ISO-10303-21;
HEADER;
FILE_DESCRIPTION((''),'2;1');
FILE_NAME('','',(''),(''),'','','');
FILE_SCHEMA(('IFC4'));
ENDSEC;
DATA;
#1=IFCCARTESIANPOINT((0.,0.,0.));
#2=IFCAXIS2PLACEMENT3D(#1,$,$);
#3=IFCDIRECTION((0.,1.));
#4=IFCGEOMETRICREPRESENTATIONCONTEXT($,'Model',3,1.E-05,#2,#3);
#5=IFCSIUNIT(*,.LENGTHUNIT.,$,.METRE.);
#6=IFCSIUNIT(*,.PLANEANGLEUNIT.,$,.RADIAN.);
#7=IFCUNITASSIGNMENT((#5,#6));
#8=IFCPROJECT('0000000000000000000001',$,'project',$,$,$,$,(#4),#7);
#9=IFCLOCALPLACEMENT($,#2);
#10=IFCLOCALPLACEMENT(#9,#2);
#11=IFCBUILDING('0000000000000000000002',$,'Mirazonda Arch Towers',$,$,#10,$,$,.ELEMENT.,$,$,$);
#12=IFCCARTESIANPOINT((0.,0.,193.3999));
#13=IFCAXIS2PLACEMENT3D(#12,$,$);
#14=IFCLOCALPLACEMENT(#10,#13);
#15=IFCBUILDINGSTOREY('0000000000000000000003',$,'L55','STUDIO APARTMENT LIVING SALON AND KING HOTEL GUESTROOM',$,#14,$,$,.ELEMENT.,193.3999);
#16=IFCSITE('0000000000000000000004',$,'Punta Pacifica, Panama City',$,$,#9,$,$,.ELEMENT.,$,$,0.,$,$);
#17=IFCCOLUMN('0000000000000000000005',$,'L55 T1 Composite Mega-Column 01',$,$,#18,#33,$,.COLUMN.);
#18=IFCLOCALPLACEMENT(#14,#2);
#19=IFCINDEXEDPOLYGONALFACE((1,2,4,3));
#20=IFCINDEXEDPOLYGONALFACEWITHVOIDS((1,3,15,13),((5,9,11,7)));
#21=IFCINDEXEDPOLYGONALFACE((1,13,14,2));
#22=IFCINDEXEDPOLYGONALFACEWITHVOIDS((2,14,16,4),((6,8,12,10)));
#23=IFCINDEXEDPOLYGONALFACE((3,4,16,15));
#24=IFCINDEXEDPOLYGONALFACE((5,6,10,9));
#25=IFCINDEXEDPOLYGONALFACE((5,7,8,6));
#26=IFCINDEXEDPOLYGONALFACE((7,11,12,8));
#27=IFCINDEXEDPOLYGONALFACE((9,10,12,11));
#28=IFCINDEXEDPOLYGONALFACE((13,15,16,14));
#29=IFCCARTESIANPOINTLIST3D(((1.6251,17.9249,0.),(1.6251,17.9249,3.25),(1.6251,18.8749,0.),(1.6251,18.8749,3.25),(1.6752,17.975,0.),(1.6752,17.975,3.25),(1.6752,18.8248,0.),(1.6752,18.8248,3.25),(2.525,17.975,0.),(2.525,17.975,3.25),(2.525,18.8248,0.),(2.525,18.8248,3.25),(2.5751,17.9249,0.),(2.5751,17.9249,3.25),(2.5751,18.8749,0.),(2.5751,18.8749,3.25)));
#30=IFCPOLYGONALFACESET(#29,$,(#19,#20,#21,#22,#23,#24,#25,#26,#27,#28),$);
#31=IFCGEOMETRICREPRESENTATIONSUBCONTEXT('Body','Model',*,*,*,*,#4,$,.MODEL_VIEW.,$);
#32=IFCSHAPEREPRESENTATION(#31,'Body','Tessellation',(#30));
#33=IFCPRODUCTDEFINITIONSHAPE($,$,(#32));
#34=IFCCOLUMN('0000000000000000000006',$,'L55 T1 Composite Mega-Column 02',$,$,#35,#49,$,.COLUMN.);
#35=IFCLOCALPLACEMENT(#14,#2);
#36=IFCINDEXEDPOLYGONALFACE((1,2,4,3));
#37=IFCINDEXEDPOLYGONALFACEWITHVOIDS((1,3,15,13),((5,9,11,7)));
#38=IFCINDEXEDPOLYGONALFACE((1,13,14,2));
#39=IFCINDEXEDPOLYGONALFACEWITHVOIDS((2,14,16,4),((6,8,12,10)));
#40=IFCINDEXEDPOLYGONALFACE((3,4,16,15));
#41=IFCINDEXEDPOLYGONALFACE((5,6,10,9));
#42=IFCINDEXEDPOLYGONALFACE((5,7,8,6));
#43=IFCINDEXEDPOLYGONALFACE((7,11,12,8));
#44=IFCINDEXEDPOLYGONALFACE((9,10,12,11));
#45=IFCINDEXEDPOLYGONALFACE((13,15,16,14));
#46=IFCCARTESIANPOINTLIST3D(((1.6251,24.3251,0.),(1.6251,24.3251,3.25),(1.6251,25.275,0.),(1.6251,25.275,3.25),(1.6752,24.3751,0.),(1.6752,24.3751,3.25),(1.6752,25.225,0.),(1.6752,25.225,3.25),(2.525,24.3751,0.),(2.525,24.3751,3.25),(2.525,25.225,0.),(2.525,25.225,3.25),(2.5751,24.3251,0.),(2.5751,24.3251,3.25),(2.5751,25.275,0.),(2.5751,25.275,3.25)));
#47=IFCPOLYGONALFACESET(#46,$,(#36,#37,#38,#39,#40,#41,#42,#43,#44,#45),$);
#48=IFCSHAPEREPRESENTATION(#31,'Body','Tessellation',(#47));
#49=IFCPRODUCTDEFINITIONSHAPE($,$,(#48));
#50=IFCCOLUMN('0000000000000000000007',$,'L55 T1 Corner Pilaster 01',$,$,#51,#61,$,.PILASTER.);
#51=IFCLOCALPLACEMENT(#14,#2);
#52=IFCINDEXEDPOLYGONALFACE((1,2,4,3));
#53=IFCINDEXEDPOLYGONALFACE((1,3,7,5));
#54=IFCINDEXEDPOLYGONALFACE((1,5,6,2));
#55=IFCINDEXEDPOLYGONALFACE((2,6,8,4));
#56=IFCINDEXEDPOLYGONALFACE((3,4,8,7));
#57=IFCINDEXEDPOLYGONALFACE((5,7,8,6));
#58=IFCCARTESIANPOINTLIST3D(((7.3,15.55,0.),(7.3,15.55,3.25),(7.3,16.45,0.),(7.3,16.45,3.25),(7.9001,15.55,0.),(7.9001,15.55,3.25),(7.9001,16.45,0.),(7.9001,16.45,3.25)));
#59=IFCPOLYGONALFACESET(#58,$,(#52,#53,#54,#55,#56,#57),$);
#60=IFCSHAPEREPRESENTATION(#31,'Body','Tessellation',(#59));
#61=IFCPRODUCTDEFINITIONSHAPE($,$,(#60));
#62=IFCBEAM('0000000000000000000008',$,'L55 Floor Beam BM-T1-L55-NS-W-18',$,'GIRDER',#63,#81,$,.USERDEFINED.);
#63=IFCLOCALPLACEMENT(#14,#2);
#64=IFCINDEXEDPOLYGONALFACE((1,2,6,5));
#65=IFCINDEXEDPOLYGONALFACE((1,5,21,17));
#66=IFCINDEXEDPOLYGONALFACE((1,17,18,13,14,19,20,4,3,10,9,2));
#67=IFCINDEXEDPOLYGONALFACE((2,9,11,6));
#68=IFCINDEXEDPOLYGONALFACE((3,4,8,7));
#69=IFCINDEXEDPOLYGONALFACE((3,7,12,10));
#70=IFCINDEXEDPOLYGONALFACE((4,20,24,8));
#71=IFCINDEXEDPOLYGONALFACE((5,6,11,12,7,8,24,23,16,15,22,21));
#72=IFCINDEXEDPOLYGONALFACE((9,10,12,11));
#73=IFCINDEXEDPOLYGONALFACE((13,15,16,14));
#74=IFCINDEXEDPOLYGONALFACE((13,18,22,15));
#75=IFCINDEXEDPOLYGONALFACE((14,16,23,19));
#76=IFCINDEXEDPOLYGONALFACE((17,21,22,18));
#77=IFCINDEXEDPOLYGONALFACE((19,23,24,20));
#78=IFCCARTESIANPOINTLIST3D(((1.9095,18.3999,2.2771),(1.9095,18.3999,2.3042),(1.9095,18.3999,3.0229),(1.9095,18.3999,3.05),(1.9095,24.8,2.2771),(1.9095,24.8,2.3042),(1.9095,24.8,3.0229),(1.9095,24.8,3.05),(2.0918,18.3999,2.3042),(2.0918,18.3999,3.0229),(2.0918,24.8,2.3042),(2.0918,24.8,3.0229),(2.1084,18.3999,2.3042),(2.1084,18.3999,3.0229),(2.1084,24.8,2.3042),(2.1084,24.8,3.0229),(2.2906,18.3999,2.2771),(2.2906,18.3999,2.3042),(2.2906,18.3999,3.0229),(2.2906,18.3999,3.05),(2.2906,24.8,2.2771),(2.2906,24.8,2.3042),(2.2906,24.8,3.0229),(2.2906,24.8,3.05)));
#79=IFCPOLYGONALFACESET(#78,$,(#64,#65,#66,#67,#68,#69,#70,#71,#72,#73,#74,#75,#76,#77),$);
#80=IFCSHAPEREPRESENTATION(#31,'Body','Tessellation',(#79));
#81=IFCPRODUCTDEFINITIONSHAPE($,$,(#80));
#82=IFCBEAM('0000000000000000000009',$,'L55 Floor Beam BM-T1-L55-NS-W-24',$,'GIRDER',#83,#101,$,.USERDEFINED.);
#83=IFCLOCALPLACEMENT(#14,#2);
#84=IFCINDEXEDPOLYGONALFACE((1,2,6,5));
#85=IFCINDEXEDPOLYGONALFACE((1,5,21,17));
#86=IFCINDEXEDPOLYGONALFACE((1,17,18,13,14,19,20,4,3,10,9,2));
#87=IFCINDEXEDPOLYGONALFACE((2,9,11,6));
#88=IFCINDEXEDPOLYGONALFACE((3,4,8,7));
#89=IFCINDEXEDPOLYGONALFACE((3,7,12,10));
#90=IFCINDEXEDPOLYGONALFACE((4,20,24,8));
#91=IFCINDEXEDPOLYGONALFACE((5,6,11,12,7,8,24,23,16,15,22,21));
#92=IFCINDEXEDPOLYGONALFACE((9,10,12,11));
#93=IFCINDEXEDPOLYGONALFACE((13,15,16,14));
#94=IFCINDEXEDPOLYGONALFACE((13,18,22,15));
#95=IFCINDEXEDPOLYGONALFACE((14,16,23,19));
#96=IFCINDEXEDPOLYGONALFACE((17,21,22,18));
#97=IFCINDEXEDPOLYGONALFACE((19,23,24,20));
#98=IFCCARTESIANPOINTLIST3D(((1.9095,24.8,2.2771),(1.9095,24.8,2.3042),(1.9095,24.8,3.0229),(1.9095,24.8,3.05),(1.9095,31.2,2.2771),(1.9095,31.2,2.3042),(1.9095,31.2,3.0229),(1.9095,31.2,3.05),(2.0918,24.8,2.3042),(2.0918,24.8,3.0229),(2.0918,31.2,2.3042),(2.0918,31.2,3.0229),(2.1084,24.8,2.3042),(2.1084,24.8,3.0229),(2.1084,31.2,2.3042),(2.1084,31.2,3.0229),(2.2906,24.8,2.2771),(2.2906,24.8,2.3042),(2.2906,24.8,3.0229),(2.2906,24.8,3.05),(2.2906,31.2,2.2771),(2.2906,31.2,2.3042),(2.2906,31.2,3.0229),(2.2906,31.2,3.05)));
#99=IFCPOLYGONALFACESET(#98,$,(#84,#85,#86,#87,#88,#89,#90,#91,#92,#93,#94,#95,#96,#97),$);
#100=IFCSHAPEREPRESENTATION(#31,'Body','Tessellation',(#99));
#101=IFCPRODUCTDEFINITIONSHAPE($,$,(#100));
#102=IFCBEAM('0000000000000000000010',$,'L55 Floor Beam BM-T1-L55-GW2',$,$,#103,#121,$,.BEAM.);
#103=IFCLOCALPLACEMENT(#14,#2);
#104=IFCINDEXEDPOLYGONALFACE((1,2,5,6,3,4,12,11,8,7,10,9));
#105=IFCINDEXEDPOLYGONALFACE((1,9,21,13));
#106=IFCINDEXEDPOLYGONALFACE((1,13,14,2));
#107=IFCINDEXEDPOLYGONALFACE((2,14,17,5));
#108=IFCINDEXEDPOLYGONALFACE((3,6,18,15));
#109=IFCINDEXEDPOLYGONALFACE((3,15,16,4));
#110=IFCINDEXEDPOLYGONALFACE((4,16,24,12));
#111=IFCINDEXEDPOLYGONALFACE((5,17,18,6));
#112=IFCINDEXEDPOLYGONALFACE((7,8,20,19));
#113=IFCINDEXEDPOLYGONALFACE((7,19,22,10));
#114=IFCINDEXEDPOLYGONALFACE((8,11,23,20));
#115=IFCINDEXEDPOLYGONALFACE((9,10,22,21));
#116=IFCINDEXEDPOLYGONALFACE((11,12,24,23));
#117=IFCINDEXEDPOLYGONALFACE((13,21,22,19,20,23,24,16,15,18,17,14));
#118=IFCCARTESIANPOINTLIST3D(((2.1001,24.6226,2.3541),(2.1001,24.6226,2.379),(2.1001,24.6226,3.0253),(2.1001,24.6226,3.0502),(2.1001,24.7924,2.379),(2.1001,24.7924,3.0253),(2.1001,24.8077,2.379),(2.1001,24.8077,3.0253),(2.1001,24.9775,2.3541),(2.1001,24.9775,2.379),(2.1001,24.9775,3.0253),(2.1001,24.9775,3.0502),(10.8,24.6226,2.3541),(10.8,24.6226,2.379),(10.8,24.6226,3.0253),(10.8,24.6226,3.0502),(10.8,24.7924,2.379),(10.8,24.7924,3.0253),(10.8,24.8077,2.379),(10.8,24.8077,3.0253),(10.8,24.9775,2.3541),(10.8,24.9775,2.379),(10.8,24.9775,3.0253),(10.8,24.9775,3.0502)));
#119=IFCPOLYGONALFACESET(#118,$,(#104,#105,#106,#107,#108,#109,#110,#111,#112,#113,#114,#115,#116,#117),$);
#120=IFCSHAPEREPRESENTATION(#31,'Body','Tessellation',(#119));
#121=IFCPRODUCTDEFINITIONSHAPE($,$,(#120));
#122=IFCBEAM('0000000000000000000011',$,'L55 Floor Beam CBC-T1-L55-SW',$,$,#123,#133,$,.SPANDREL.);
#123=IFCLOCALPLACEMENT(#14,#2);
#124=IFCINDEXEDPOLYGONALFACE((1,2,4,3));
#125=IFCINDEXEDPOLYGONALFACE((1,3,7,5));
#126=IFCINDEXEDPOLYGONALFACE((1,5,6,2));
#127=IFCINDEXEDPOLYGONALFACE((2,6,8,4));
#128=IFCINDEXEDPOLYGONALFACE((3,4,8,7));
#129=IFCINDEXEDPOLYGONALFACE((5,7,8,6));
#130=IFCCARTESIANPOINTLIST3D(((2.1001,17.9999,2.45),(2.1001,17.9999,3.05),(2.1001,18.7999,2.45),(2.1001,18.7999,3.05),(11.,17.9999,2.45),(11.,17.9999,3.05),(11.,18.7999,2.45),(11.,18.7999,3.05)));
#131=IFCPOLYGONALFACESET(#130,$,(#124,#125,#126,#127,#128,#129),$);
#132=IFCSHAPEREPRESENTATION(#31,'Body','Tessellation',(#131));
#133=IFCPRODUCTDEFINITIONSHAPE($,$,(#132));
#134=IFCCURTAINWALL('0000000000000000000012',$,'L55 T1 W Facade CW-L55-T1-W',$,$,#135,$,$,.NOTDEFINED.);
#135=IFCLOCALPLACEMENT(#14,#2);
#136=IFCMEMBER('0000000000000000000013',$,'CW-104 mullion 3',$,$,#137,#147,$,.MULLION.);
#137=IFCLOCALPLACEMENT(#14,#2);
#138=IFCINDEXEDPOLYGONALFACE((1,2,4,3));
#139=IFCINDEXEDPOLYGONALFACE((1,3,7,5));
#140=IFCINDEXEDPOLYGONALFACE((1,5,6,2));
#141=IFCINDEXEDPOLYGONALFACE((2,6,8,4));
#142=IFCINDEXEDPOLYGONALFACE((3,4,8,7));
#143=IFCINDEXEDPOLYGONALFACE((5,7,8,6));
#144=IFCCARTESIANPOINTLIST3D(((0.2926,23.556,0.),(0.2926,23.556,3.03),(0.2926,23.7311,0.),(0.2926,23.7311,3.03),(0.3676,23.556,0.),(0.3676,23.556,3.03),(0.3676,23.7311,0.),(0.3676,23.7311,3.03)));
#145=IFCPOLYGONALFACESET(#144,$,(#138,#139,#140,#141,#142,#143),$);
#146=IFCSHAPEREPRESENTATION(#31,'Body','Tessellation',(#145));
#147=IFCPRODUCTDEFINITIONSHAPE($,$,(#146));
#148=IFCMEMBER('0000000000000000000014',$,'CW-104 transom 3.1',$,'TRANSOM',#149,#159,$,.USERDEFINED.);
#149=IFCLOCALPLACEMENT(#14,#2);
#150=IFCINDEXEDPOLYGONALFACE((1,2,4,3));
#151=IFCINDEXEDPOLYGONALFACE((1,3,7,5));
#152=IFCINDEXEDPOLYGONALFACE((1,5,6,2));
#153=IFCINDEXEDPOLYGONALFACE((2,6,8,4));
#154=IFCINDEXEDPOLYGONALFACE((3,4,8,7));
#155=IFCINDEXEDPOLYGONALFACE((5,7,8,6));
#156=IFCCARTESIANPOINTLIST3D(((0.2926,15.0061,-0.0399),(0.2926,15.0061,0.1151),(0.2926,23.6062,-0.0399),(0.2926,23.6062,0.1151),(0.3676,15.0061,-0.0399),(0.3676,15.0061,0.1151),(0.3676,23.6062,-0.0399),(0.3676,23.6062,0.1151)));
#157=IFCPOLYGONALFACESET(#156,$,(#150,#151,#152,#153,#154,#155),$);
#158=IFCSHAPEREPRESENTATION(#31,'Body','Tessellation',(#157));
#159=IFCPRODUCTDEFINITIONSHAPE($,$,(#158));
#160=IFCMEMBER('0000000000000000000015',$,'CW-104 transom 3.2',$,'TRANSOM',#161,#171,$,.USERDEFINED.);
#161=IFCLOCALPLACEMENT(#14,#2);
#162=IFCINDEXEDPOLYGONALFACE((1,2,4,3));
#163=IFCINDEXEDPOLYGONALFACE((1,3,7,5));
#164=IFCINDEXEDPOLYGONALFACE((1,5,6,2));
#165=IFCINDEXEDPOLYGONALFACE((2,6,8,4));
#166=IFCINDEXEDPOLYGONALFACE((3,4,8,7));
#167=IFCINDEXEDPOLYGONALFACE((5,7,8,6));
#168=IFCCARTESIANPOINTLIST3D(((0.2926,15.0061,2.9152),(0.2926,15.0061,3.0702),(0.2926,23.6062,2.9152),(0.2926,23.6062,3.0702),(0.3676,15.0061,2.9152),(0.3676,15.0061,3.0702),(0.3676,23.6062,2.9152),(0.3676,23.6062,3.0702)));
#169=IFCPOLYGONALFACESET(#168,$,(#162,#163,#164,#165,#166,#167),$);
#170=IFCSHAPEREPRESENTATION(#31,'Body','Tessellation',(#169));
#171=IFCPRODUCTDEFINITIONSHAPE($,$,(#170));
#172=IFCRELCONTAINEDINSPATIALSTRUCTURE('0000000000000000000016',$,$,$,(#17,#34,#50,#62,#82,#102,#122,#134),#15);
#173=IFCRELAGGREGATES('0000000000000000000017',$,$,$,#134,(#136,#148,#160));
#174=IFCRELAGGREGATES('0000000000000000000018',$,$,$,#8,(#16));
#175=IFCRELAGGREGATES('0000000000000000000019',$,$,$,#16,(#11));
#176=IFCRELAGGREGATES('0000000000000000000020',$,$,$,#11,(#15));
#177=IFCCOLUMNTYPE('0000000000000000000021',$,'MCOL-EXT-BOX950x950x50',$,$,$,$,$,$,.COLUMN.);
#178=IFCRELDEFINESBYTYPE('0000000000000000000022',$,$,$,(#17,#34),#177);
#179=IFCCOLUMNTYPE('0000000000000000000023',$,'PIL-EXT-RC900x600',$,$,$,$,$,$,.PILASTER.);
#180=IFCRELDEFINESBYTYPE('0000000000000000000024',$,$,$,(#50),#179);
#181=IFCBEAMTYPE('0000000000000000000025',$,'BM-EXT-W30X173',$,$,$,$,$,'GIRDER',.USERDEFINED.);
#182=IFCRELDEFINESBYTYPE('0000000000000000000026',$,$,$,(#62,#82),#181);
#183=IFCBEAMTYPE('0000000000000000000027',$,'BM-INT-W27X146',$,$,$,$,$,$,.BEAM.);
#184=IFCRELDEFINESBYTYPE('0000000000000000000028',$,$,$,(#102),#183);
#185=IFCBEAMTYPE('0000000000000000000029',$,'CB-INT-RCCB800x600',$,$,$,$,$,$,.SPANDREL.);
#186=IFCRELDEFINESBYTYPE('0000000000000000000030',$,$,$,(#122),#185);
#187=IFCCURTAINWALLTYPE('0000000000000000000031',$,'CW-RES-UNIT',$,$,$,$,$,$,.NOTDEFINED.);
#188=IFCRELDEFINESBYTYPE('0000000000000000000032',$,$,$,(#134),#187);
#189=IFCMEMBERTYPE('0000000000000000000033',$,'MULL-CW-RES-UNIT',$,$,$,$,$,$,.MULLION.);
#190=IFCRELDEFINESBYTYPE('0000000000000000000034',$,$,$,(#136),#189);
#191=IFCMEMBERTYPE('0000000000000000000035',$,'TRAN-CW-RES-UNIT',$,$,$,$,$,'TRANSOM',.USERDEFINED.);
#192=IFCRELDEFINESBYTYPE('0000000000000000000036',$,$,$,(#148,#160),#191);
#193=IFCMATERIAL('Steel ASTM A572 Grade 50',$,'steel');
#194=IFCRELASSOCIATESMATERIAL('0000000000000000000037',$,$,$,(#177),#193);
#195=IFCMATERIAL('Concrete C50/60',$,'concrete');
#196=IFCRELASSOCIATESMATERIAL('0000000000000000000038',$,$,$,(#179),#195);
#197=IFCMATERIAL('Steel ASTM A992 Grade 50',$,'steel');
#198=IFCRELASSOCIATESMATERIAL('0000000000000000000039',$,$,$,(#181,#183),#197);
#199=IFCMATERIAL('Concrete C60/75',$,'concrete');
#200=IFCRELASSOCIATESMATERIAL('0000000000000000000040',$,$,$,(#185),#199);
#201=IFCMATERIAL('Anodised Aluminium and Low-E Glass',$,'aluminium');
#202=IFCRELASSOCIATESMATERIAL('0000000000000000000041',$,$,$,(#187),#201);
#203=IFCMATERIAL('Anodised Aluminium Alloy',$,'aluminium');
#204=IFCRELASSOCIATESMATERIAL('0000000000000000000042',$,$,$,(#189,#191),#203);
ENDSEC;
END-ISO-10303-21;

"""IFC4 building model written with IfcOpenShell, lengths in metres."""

from ifc_helpers import new_model, si_unit, direction, frame, origin, origin_2d, place, context, subcontext, project, spatial, rectangle, hollow_rectangle, i_section, extrude, material, material_profile, profile_set, type_object, element, aggregate, save


model = new_model("IFC4")

# Units and contexts
model_context = context("Model", 3, precision=1e-05, world=origin(), true_north=direction((0.0, 1.0)))
body_context = subcontext(model_context, "Body", "Model", "MODEL_VIEW")
ifc_project = project(units=[si_unit("LENGTHUNIT", "METRE"), si_unit("PLANEANGLEUNIT", "RADIAN")], contexts=[model_context])

# Site, building, storey
site_placement = place(None, origin())
site = spatial("IfcSite", under=ifc_project, at=site_placement, Name="Punta Pacifica, Panama City", CompositionType="ELEMENT", RefElevation=0.0)
building_placement = place(site_placement, origin())
building = spatial("IfcBuilding", under=site, at=building_placement, Name="Mirazonda Arch Towers", CompositionType="ELEMENT")
storey_placement = place(building_placement, frame((0.0, 0.0, 193.3999)))
storey = spatial("IfcBuildingStorey", under=building, at=storey_placement, Name="L55", Description="STUDIO APARTMENT LIVING SALON AND KING HOTEL GUESTROOM", CompositionType="ELEMENT", Elevation=193.3999)

# Columns
ifc_material_1 = material(Name="Steel ASTM A572 Grade 50", Category="steel")
ifc_material_profile_1 = material_profile(ifc_material_1, hollow_rectangle(XDim=0.95, YDim=0.95, WallThickness=0.05, at=origin_2d()), Name="BOX950x950x50")
ifc_profile_set_1 = profile_set([ifc_material_profile_1], Name="Steel ASTM A572 Grade 50")
column_type_1 = type_object("IfcColumnType", Name="MCOL-EXT-BOX950x950x50", PredefinedType="COLUMN", material=ifc_profile_set_1)
for number, where, z_axis, x_axis, name in (
    (1, (2.1001, 18.3999, 0.0), (0.0, 0.0, 1.0), (1.0, 0.0, 0.0), "L55 T1 Composite Mega-Column 01"),
    (2, (2.1001, 24.8, 0.0), (0.0, 0.0, 1.0), (1.0, 0.0, 0.0), "L55 T1 Composite Mega-Column 02"),
):
    element("IfcColumn", number, at=place(storey_placement, frame(where, z_axis=z_axis, x_axis=x_axis)), inside=storey, type_object=column_type_1, Name=name, PredefinedType="COLUMN", context=body_context, shape_type="SweptSolid", body=[
        extrude(hollow_rectangle(XDim=0.95, YDim=0.95, WallThickness=0.05, at=origin_2d()), origin(), (0.0, 0.0, 1.0), 3.25),
    ])
ifc_material_2 = material(Name="Concrete C50/60", Category="concrete")
ifc_material_profile_2 = material_profile(ifc_material_2, rectangle(XDim=0.6001, YDim=0.8999, at=origin_2d()), Name="RC900x600")
ifc_profile_set_2 = profile_set([ifc_material_profile_2], Name="Concrete C50/60")
column_type_2 = type_object("IfcColumnType", Name="PIL-EXT-RC900x600", PredefinedType="PILASTER", material=ifc_profile_set_2)
column_placement = place(storey_placement, frame((7.6001, 16.0, 0.0), z_axis=(0.0, 0.0, 1.0), x_axis=(1.0, 0.0, 0.0)))
element("IfcColumn", 3, at=column_placement, inside=storey, type_object=column_type_2, Name="L55 T1 Corner Pilaster 01", PredefinedType="PILASTER", context=body_context, shape_type="SweptSolid", body=[
    extrude(rectangle(XDim=0.6001, YDim=0.8999, at=origin_2d()), origin(), (0.0, 0.0, 1.0), 3.25),
])

# Beams
ifc_material_3 = material(Name="Steel ASTM A992 Grade 50", Category="steel")
ifc_material_profile_3 = material_profile(ifc_material_3, i_section(OverallWidth=0.3811, OverallDepth=0.7729, WebThickness=0.0166, FlangeThickness=0.0271, at=origin_2d()), Name="W30X173")
ifc_profile_set_3 = profile_set([ifc_material_profile_3], Name="Steel ASTM A992 Grade 50")
beam_type_1 = type_object("IfcBeamType", Name="BM-EXT-W30X173", ElementType="GIRDER", PredefinedType="USERDEFINED", material=ifc_profile_set_3)
beam_1_placement = place(storey_placement, frame((2.1001, 18.3999, 2.6636), z_axis=(0.0, 1.0, 0.0), x_axis=(-1.0, 0.0, 0.0)))
element("IfcBeam", 4, at=beam_1_placement, inside=storey, type_object=beam_type_1, Name="L55 Floor Beam BM-T1-L55-NS-W-18", ObjectType="GIRDER", PredefinedType="USERDEFINED", context=body_context, shape_type="SweptSolid", body=[
    extrude(i_section(OverallWidth=0.3811, OverallDepth=0.7729, WebThickness=0.0166, FlangeThickness=0.0271, at=origin_2d()), origin(), (0.0, 0.0, 1.0), 6.4001),
])
beam_2_placement = place(storey_placement, frame((2.1001, 24.8, 2.6636), z_axis=(0.0, 1.0, 0.0), x_axis=(-1.0, 0.0, 0.0)))
element("IfcBeam", 5, at=beam_2_placement, inside=storey, type_object=beam_type_1, Name="L55 Floor Beam BM-T1-L55-NS-W-24", ObjectType="GIRDER", PredefinedType="USERDEFINED", context=body_context, shape_type="SweptSolid", body=[
    extrude(i_section(OverallWidth=0.3811, OverallDepth=0.7729, WebThickness=0.0166, FlangeThickness=0.0271, at=origin_2d()), origin(), (0.0, 0.0, 1.0), 6.3999),
])
ifc_material_profile_4 = material_profile(ifc_material_3, i_section(OverallWidth=0.355, OverallDepth=0.696, WebThickness=0.0154, FlangeThickness=0.0249, at=origin_2d()), Name="W27X146")
ifc_profile_set_4 = profile_set([ifc_material_profile_4], Name="Steel ASTM A992 Grade 50")
beam_type_2 = type_object("IfcBeamType", Name="BM-INT-W27X146", PredefinedType="BEAM", material=ifc_profile_set_4)
beam_3_placement = place(storey_placement, frame((2.1001, 24.8, 2.7021), z_axis=(1.0, 0.0, 0.0), x_axis=(0.0, 1.0, 0.0)))
element("IfcBeam", 6, at=beam_3_placement, inside=storey, type_object=beam_type_2, Name="L55 Floor Beam BM-T1-L55-GW2", PredefinedType="BEAM", context=body_context, shape_type="SweptSolid", body=[
    extrude(i_section(OverallWidth=0.355, OverallDepth=0.696, WebThickness=0.0154, FlangeThickness=0.0249, at=origin_2d()), origin(), (0.0, 0.0, 1.0), 8.7),
])
ifc_material_4 = material(Name="Concrete C60/75", Category="concrete")
ifc_material_profile_5 = material_profile(ifc_material_4, rectangle(XDim=0.8, YDim=0.6001, at=origin_2d()), Name="RCCB800x600")
ifc_profile_set_5 = profile_set([ifc_material_profile_5], Name="Concrete C60/75")
beam_type_3 = type_object("IfcBeamType", Name="CB-INT-RCCB800x600", PredefinedType="SPANDREL", material=ifc_profile_set_5)
beam_4_placement = place(storey_placement, frame((2.1001, 18.3999, 2.75), z_axis=(1.0, 0.0, 0.0), x_axis=(0.0, 1.0, 0.0)))
element("IfcBeam", 7, at=beam_4_placement, inside=storey, type_object=beam_type_3, Name="L55 Floor Beam CBC-T1-L55-SW", PredefinedType="SPANDREL", context=body_context, shape_type="SweptSolid", body=[
    extrude(rectangle(XDim=0.8, YDim=0.6001, at=origin_2d()), origin(), (0.0, 0.0, 1.0), 8.8999),
])

# Curtain wall, members
ifc_material_5 = material(Name="Anodised Aluminium and Low-E Glass", Category="aluminium")
curtain_wall_type = type_object("IfcCurtainWallType", Name="CW-RES-UNIT", PredefinedType="NOTDEFINED", material=ifc_material_5)
curtain_wall_placement = place(storey_placement, origin())
curtain_wall = element("IfcCurtainWall", 8, at=curtain_wall_placement, inside=storey, type_object=curtain_wall_type, Name="L55 T1 W Facade CW-L55-T1-W", PredefinedType="NOTDEFINED")
ifc_material_6 = material(Name="Anodised Aluminium Alloy", Category="aluminium")
ifc_material_profile_6 = material_profile(ifc_material_6, rectangle(XDim=0.075, YDim=0.175, at=origin_2d()), Name="ALU-MULL-75x175")
ifc_profile_set_6 = profile_set([ifc_material_profile_6], Name="Anodised Aluminium Alloy")
member_type_1 = type_object("IfcMemberType", Name="MULL-CW-RES-UNIT", PredefinedType="MULLION", material=ifc_profile_set_6)
member_1_placement = place(storey_placement, frame((0.3301, 23.6436, 0.0), z_axis=(0.0, 0.0, 1.0), x_axis=(1.0, 0.0, 0.0)))
member_1 = element("IfcMember", 9, at=member_1_placement, type_object=member_type_1, Name="CW-104 mullion 3", PredefinedType="MULLION", context=body_context, shape_type="SweptSolid", body=[
    extrude(rectangle(XDim=0.075, YDim=0.175, at=origin_2d()), origin(), (0.0, 0.0, 1.0), 3.03),
])
ifc_material_profile_7 = material_profile(ifc_material_6, rectangle(XDim=0.075, YDim=0.155, at=origin_2d()), Name="ALU-TRAN-75x155")
ifc_profile_set_7 = profile_set([ifc_material_profile_7], Name="Anodised Aluminium Alloy")
member_type_2 = type_object("IfcMemberType", Name="TRAN-CW-RES-UNIT", ElementType="TRANSOM", PredefinedType="USERDEFINED", material=ifc_profile_set_7)
member_2_placement = place(storey_placement, frame((0.3301, 23.6062, 0.0376), z_axis=(0.0, -1.0, 0.0), x_axis=(1.0, 0.0, 0.0)))
member_2 = element("IfcMember", 10, at=member_2_placement, type_object=member_type_2, Name="CW-104 transom 3.1", ObjectType="TRANSOM", PredefinedType="USERDEFINED", context=body_context, shape_type="SweptSolid", body=[
    extrude(rectangle(XDim=0.075, YDim=0.155, at=origin_2d()), origin(), (0.0, 0.0, 1.0), 8.6001),
])
member_3_placement = place(storey_placement, frame((0.3301, 23.6062, 2.9927), z_axis=(0.0, -1.0, 0.0), x_axis=(1.0, 0.0, 0.0)))
member_3 = element("IfcMember", 11, at=member_3_placement, type_object=member_type_2, Name="CW-104 transom 3.2", ObjectType="TRANSOM", PredefinedType="USERDEFINED", context=body_context, shape_type="SweptSolid", body=[
    extrude(rectangle(XDim=0.075, YDim=0.155, at=origin_2d()), origin(), (0.0, 0.0, 1.0), 8.6001),
])
aggregate(curtain_wall, [member_1, member_2, member_3])

save(model, "model.ifc")
